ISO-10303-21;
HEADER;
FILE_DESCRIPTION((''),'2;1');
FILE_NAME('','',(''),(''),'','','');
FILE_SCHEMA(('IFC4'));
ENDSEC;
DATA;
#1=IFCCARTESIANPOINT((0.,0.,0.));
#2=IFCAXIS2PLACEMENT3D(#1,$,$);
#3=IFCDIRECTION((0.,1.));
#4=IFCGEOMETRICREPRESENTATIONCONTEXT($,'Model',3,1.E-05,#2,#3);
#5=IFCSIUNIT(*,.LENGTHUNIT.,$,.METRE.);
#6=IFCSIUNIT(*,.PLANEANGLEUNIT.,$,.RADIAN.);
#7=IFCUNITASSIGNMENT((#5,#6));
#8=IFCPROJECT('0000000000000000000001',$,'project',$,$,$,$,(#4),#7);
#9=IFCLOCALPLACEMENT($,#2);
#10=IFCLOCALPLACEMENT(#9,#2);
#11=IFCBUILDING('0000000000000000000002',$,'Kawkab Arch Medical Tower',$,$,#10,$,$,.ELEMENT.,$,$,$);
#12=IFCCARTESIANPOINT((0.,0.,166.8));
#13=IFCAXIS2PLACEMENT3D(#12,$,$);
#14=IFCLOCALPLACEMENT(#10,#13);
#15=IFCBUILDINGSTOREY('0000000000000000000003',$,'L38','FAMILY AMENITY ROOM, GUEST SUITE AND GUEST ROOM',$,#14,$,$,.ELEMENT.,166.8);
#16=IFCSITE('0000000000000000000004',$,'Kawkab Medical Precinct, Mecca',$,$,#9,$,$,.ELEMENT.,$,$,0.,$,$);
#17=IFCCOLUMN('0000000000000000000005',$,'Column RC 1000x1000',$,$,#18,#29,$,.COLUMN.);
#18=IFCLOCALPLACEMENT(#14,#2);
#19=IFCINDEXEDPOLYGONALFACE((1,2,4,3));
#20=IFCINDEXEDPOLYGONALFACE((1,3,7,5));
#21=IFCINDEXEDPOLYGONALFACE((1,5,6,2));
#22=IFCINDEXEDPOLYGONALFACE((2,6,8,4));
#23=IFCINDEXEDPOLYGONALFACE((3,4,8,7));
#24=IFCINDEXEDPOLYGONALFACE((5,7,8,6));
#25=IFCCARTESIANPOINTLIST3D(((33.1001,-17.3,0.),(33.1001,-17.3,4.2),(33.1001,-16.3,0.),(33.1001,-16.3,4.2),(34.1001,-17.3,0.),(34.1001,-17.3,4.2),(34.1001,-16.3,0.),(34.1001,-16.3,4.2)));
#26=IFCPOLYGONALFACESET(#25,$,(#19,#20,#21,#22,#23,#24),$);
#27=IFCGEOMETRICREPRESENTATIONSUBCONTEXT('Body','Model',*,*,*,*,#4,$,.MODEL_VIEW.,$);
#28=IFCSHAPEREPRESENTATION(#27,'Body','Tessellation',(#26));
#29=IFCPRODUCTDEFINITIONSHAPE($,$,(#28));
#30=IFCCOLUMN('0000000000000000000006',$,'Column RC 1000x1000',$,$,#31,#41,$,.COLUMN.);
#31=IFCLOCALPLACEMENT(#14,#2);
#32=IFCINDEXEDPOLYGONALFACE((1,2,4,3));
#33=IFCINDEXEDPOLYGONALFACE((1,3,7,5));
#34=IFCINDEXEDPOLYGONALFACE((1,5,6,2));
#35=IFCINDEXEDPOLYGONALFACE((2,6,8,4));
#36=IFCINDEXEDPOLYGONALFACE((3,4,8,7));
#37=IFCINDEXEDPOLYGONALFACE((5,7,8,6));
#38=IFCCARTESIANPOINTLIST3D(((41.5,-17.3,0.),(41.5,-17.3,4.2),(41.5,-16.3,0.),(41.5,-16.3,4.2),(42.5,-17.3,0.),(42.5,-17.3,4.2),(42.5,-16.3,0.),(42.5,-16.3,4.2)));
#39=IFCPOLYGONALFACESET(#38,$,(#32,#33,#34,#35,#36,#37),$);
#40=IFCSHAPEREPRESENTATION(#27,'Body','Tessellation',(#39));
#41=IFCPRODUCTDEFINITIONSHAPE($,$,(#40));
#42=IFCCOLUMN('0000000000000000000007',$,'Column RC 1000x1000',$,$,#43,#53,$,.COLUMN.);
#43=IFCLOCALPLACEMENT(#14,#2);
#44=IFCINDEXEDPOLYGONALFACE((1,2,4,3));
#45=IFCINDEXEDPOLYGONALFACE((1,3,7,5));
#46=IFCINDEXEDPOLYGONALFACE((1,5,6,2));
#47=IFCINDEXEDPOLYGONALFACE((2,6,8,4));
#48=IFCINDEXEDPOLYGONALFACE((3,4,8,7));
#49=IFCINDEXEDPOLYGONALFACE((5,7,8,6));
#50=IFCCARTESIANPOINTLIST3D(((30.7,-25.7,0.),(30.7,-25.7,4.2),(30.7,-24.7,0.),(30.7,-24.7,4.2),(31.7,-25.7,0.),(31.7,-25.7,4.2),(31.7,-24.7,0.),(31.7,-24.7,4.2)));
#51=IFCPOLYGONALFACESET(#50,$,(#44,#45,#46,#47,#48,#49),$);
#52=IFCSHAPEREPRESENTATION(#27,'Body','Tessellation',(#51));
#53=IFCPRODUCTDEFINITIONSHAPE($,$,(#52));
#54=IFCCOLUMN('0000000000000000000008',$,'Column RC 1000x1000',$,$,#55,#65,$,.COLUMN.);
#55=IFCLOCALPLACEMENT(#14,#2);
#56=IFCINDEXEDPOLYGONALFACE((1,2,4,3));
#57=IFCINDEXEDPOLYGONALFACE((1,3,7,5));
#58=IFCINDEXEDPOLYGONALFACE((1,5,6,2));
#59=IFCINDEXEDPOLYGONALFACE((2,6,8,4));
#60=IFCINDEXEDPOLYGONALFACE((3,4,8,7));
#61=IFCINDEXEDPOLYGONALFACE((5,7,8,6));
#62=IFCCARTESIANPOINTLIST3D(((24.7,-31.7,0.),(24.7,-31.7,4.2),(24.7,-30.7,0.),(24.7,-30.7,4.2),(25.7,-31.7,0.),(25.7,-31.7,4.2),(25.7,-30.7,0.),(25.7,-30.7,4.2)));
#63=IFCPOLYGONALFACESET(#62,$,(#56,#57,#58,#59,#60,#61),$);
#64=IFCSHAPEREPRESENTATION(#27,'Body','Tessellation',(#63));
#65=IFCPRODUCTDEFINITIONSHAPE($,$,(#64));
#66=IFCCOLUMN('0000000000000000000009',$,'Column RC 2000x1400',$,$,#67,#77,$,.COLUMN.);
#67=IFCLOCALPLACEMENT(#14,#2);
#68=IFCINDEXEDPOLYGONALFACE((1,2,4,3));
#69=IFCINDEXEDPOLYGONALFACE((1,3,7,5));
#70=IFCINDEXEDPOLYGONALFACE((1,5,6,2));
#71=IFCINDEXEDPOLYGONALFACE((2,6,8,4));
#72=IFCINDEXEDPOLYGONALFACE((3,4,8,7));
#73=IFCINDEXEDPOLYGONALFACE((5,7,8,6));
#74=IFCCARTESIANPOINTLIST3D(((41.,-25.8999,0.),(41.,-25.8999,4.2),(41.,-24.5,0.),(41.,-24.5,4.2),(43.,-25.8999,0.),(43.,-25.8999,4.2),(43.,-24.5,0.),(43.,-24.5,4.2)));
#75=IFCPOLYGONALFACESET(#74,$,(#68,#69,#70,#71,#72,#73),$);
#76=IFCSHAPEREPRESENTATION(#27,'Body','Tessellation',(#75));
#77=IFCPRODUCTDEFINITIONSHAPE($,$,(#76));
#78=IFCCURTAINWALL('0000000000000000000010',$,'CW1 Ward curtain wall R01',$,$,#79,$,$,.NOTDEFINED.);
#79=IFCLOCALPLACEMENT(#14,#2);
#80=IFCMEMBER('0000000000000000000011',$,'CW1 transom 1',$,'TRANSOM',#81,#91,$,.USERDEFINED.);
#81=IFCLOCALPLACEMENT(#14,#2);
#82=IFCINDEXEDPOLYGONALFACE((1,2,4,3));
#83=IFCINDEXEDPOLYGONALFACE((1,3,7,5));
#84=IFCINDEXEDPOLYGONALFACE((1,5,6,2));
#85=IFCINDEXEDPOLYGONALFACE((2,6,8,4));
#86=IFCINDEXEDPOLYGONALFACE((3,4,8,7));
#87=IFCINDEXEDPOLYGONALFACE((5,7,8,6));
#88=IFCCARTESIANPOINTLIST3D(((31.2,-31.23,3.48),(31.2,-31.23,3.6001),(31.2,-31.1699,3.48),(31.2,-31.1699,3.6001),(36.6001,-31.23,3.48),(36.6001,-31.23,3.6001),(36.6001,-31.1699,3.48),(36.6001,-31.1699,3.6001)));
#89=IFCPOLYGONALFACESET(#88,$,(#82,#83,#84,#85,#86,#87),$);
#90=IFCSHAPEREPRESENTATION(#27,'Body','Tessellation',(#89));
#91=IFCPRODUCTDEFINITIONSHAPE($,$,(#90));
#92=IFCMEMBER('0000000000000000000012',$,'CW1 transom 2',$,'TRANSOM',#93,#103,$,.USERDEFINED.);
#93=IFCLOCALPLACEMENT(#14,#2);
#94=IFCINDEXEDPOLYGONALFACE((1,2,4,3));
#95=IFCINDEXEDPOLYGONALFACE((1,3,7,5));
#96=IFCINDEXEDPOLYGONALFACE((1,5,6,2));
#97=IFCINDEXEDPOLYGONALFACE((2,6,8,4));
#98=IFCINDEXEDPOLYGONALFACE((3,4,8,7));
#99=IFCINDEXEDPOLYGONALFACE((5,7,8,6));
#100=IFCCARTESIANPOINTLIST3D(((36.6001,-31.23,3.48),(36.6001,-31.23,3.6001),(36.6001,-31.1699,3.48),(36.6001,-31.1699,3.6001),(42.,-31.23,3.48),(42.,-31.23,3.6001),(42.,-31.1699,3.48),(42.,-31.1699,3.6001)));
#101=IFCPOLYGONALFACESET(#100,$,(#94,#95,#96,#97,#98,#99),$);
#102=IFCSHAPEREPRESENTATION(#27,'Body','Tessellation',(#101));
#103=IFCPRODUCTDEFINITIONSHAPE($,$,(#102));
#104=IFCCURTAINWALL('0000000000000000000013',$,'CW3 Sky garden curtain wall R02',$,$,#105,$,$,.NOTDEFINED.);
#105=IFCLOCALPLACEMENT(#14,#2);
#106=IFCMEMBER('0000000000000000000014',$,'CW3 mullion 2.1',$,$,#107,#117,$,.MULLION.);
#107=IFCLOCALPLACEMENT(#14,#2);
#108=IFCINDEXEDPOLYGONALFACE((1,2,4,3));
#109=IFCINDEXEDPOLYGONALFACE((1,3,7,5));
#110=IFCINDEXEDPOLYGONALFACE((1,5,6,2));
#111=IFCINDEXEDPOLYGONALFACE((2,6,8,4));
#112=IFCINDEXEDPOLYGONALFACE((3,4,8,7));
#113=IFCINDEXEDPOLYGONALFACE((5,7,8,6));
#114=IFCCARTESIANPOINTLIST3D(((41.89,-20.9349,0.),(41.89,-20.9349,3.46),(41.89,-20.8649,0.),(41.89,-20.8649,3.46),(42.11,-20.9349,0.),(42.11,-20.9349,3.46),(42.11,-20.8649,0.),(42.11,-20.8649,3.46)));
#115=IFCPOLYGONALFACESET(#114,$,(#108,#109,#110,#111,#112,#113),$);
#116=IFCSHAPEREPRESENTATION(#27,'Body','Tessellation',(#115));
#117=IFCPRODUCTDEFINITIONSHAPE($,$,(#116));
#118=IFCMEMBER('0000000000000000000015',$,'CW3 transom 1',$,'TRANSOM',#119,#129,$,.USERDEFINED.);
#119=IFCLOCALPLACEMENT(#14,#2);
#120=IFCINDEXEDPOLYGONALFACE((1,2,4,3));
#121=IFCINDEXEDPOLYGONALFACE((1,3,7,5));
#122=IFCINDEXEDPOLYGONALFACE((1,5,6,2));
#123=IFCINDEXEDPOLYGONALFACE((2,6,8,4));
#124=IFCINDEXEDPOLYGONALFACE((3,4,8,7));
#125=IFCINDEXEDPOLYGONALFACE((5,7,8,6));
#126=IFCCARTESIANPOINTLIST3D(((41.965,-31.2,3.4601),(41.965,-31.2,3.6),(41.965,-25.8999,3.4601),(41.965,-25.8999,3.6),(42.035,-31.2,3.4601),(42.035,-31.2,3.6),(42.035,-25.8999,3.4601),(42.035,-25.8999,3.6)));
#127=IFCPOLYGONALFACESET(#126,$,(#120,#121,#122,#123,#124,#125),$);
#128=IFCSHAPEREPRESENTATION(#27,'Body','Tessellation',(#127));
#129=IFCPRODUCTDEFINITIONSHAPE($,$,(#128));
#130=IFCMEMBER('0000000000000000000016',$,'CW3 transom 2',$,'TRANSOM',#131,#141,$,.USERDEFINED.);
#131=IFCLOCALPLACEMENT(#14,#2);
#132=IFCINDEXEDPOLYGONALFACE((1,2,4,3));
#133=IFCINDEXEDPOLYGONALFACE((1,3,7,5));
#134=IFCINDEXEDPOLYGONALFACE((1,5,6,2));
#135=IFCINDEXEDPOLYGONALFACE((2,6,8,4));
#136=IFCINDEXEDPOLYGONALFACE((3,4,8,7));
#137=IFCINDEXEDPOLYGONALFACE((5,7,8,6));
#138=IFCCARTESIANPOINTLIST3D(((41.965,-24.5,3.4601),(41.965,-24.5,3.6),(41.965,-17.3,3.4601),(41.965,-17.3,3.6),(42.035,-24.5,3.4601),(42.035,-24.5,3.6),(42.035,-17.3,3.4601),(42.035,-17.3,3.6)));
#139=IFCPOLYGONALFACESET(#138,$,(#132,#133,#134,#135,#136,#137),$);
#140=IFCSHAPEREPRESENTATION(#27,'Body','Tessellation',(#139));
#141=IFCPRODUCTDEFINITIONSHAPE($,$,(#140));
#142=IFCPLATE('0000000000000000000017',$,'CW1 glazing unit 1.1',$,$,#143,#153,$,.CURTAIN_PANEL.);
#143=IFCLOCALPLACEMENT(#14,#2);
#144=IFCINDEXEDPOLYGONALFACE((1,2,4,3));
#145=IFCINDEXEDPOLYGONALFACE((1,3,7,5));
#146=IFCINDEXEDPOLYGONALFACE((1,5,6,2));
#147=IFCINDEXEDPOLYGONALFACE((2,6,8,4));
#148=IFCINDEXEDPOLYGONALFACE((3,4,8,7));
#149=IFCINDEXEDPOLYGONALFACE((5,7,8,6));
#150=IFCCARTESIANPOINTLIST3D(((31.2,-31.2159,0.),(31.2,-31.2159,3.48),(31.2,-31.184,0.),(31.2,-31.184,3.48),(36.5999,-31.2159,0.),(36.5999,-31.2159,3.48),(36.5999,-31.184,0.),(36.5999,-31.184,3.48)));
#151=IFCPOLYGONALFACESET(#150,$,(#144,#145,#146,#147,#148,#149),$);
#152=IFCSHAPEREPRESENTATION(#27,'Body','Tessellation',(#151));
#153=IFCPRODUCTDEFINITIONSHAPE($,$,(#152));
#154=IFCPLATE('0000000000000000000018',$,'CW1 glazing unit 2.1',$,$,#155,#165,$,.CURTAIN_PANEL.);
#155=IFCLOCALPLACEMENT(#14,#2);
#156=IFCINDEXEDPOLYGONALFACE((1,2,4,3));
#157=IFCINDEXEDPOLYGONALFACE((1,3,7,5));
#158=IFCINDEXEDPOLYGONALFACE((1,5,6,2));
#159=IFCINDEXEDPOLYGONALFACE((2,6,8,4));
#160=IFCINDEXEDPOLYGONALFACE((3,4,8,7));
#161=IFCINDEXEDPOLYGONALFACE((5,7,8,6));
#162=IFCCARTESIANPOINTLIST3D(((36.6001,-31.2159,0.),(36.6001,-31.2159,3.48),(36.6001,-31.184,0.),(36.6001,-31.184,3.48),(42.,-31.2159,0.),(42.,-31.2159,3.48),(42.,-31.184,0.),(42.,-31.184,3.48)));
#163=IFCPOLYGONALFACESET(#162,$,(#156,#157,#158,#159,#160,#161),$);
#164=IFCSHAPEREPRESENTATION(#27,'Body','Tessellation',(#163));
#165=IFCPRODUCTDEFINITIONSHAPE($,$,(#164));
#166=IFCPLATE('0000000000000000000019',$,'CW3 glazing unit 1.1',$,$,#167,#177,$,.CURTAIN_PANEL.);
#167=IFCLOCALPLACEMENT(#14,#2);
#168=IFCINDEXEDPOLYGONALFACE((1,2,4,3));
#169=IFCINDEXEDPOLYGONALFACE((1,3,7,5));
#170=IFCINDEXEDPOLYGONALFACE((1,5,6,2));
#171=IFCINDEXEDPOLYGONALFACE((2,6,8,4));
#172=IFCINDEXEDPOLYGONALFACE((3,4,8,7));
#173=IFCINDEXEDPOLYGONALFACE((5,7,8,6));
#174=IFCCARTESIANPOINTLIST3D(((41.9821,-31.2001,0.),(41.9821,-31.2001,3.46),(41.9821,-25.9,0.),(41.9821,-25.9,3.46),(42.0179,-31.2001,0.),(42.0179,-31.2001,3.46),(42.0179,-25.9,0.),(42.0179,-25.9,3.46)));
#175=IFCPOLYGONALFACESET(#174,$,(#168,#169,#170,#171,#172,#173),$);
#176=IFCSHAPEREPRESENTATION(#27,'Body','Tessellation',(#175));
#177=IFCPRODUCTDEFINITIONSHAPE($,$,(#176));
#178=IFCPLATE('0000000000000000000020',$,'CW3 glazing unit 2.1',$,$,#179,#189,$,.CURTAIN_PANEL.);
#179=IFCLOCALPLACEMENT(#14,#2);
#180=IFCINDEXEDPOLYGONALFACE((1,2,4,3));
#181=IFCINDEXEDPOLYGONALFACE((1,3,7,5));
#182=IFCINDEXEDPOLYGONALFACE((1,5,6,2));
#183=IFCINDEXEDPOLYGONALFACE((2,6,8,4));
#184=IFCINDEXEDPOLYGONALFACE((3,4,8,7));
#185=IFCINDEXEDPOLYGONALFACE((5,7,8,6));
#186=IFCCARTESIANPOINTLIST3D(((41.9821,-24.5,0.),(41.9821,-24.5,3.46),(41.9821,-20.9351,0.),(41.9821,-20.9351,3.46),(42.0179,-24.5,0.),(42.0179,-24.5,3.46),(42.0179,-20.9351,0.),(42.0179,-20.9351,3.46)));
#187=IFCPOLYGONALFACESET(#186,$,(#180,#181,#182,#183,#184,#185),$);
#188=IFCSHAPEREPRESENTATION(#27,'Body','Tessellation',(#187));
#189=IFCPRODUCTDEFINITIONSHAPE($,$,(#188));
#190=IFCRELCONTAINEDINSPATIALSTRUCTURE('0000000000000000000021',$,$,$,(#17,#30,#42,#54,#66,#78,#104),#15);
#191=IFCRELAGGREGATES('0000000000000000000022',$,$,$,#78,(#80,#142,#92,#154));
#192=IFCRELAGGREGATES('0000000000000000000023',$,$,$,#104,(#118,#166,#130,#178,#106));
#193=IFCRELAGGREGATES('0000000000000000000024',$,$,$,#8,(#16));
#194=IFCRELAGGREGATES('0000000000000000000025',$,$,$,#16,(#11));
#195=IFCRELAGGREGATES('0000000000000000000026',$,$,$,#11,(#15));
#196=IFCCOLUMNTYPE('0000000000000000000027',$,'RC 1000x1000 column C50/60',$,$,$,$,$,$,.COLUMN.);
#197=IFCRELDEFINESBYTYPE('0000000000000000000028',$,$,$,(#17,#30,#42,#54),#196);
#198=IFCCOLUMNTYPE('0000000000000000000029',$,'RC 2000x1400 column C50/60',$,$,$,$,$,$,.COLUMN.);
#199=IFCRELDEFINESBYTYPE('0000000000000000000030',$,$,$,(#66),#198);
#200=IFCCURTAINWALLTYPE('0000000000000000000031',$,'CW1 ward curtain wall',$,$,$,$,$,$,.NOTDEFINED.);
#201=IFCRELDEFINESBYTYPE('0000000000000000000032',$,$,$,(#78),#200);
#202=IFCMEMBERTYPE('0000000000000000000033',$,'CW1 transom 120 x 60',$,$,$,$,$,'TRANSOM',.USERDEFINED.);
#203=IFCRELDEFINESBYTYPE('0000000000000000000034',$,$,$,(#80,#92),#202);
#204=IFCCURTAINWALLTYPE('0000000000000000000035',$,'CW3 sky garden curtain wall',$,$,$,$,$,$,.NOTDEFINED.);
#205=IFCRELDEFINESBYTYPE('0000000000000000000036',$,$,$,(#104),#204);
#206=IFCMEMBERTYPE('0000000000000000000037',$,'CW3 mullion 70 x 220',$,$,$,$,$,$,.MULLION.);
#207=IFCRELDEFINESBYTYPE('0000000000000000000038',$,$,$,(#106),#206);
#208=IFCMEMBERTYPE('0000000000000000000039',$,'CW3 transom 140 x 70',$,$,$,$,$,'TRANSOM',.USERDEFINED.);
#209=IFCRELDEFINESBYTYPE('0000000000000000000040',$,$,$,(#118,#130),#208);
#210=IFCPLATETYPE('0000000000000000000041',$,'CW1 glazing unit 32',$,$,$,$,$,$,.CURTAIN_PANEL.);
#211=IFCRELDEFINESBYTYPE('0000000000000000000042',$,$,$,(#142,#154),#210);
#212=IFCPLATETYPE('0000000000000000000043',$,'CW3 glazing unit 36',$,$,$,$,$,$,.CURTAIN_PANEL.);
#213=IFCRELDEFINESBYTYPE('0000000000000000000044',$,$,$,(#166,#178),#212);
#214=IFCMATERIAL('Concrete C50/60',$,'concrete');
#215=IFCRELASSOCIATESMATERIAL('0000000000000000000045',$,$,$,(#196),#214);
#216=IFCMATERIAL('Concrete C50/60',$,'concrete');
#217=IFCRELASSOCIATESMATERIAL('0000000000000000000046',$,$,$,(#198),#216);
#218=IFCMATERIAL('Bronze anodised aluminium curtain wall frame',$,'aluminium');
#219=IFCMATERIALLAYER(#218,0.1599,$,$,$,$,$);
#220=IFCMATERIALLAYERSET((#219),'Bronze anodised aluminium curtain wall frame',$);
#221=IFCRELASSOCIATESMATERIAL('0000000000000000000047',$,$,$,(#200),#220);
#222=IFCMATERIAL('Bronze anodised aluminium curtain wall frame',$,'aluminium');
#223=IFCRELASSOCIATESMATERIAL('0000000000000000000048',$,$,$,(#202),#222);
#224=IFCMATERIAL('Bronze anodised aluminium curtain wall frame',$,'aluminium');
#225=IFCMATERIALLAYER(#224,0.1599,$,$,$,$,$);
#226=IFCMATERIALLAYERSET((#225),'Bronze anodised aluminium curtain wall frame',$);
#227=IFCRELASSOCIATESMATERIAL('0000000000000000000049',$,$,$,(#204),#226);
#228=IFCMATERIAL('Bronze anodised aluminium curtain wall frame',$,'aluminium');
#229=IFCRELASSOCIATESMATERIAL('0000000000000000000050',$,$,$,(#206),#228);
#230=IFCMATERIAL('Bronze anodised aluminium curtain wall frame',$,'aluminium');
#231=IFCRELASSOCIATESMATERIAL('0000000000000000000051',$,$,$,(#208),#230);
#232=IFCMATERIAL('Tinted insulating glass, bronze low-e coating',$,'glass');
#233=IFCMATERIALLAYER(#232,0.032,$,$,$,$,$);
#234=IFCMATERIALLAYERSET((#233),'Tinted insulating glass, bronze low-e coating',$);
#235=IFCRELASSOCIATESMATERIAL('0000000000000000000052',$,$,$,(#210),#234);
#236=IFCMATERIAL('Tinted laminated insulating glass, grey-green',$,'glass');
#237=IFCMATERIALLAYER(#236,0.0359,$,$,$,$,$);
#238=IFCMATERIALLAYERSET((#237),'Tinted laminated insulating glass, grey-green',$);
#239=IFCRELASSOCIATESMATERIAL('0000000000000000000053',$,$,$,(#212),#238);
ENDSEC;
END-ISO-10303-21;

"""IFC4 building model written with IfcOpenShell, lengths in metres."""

from ifc_helpers import new_model, si_unit, direction, frame, origin, origin_2d, place, context, subcontext, project, spatial, rectangle, extrude, material, layer, layer_set, material_profile, profile_set, type_object, element, aggregate, save


model = new_model("IFC4")

# Units and contexts
model_context = context("Model", 3, precision=1e-05, world=origin(), true_north=direction((0.0, 1.0)))
body_context = subcontext(model_context, "Body", "Model", "MODEL_VIEW")
ifc_project = project(units=[si_unit("LENGTHUNIT", "METRE"), si_unit("PLANEANGLEUNIT", "RADIAN")], contexts=[model_context])

# Site, building, storey
site_placement = place(None, origin())
site = spatial("IfcSite", under=ifc_project, at=site_placement, Name="Kawkab Medical Precinct, Mecca", CompositionType="ELEMENT", RefElevation=0.0)
building_placement = place(site_placement, origin())
building = spatial("IfcBuilding", under=site, at=building_placement, Name="Kawkab Arch Medical Tower", CompositionType="ELEMENT")
storey_placement = place(building_placement, frame((0.0, 0.0, 166.8)))
storey = spatial("IfcBuildingStorey", under=building, at=storey_placement, Name="L38", Description="FAMILY AMENITY ROOM, GUEST SUITE AND GUEST ROOM", CompositionType="ELEMENT", Elevation=166.8)

# Columns
ifc_material_1 = material(Name="Concrete C50/60", Category="concrete")
ifc_material_profile_1 = material_profile(ifc_material_1, rectangle(XDim=1.0, YDim=1.0, at=origin_2d()), Name="RC 1000x1000")
ifc_profile_set_1 = profile_set([ifc_material_profile_1], Name="Concrete C50/60")
column_type_1 = type_object("IfcColumnType", Name="RC 1000x1000 column C50/60", PredefinedType="COLUMN", material=ifc_profile_set_1)
for number, where, z_axis, x_axis, name in (
    (1, (33.6001, -16.8, 0.0), (0.0, 0.0, 1.0), (1.0, 0.0, 0.0), "Column RC 1000x1000"),
    (2, (42.0, -16.8, 0.0), (0.0, 0.0, 1.0), (1.0, 0.0, 0.0), "Column RC 1000x1000"),
    (3, (31.2, -25.2, 0.0), (0.0, 0.0, 1.0), (1.0, 0.0, 0.0), "Column RC 1000x1000"),
    (4, (25.2, -31.2, 0.0), (0.0, 0.0, 1.0), (1.0, 0.0, 0.0), "Column RC 1000x1000"),
):
    element("IfcColumn", number, at=place(storey_placement, frame(where, z_axis=z_axis, x_axis=x_axis)), inside=storey, type_object=column_type_1, Name=name, PredefinedType="COLUMN", context=body_context, shape_type="SweptSolid", body=[
        extrude(rectangle(XDim=1.0, YDim=1.0, at=origin_2d()), origin(), (0.0, 0.0, 1.0), 4.2),
    ])
ifc_material_2 = material(Name="Concrete C50/60", Category="concrete")
ifc_material_profile_2 = material_profile(ifc_material_2, rectangle(XDim=2.0, YDim=1.3999, at=origin_2d()), Name="RC 2000x1400")
ifc_profile_set_2 = profile_set([ifc_material_profile_2], Name="Concrete C50/60")
column_type_2 = type_object("IfcColumnType", Name="RC 2000x1400 column C50/60", PredefinedType="COLUMN", material=ifc_profile_set_2)
column_placement = place(storey_placement, frame((42.0, -25.2, 0.0), z_axis=(0.0, 0.0, 1.0), x_axis=(-1.0, 0.0, 0.0)))
element("IfcColumn", 5, at=column_placement, inside=storey, type_object=column_type_2, Name="Column RC 2000x1400", PredefinedType="COLUMN", context=body_context, shape_type="SweptSolid", body=[
    extrude(rectangle(XDim=2.0, YDim=1.3999, at=origin_2d()), origin(), (0.0, 0.0, 1.0), 4.2),
])

# Curtain walls, members
ifc_material_3 = material(Name="Bronze anodised aluminium curtain wall frame", Category="aluminium")
ifc_layer_1 = layer(ifc_material_3, 0.1599)
ifc_layer_set_1 = layer_set([ifc_layer_1], Name="Bronze anodised aluminium curtain wall frame")
curtain_wall_type_1 = type_object("IfcCurtainWallType", Name="CW1 ward curtain wall", PredefinedType="NOTDEFINED", material=ifc_layer_set_1)
placement = place(storey_placement, origin())
curtain_wall_1 = element("IfcCurtainWall", 6, at=placement, inside=storey, type_object=curtain_wall_type_1, Name="CW1 Ward curtain wall R01", PredefinedType="NOTDEFINED")
ifc_material_4 = material(Name="Bronze anodised aluminium curtain wall frame", Category="aluminium")
ifc_material_profile_3 = material_profile(ifc_material_4, rectangle(XDim=0.0601, YDim=0.1201, at=origin_2d()), Name="AL 60x120")
ifc_profile_set_3 = profile_set([ifc_material_profile_3], Name="Bronze anodised aluminium curtain wall frame")
member_type_1 = type_object("IfcMemberType", Name="CW1 transom 120 x 60", ElementType="TRANSOM", PredefinedType="USERDEFINED", material=ifc_profile_set_3)
member_1_placement = place(storey_placement, frame((31.2, -31.2, 3.54), z_axis=(1.0, 0.0, 0.0), x_axis=(0.0, 1.0, 0.0)))
member_1 = element("IfcMember", 7, at=member_1_placement, type_object=member_type_1, Name="CW1 transom 1", ObjectType="TRANSOM", PredefinedType="USERDEFINED", context=body_context, shape_type="SweptSolid", body=[
    extrude(rectangle(XDim=0.0601, YDim=0.1201, at=origin_2d()), origin(), (0.0, 0.0, 1.0), 5.4001),
])
member_2_placement = place(storey_placement, frame((36.6001, -31.2, 3.54), z_axis=(1.0, 0.0, 0.0), x_axis=(0.0, 1.0, 0.0)))
member_2 = element("IfcMember", 8, at=member_2_placement, type_object=member_type_1, Name="CW1 transom 2", ObjectType="TRANSOM", PredefinedType="USERDEFINED", context=body_context, shape_type="SweptSolid", body=[
    extrude(rectangle(XDim=0.0601, YDim=0.1201, at=origin_2d()), origin(), (0.0, 0.0, 1.0), 5.3999),
])
ifc_material_5 = material(Name="Bronze anodised aluminium curtain wall frame", Category="aluminium")
ifc_layer_2 = layer(ifc_material_5, 0.1599)
ifc_layer_set_2 = layer_set([ifc_layer_2], Name="Bronze anodised aluminium curtain wall frame")
curtain_wall_type_2 = type_object("IfcCurtainWallType", Name="CW3 sky garden curtain wall", PredefinedType="NOTDEFINED", material=ifc_layer_set_2)
curtain_wall_2 = element("IfcCurtainWall", 9, at=placement, inside=storey, type_object=curtain_wall_type_2, Name="CW3 Sky garden curtain wall R02", PredefinedType="NOTDEFINED")
ifc_material_6 = material(Name="Bronze anodised aluminium curtain wall frame", Category="aluminium")
ifc_material_profile_4 = material_profile(ifc_material_6, rectangle(XDim=0.22, YDim=0.0701, at=origin_2d()), Name="AL 70x220")
ifc_profile_set_4 = profile_set([ifc_material_profile_4], Name="Bronze anodised aluminium curtain wall frame")
member_type_2 = type_object("IfcMemberType", Name="CW3 mullion 70 x 220", PredefinedType="MULLION", material=ifc_profile_set_4)
member_3_placement = place(storey_placement, frame((42.0, -20.8999, 0.0), z_axis=(0.0, 0.0, 1.0), x_axis=(-1.0, 0.0, 0.0)))
member_3 = element("IfcMember", 10, at=member_3_placement, type_object=member_type_2, Name="CW3 mullion 2.1", PredefinedType="MULLION", context=body_context, shape_type="SweptSolid", body=[
    extrude(rectangle(XDim=0.22, YDim=0.0701, at=origin_2d()), origin(), (0.0, 0.0, 1.0), 3.46),
])
ifc_material_7 = material(Name="Bronze anodised aluminium curtain wall frame", Category="aluminium")
ifc_material_profile_5 = material_profile(ifc_material_7, rectangle(XDim=0.0701, YDim=0.1399, at=origin_2d()), Name="AL 70x140")
ifc_profile_set_5 = profile_set([ifc_material_profile_5], Name="Bronze anodised aluminium curtain wall frame")
member_type_3 = type_object("IfcMemberType", Name="CW3 transom 140 x 70", ElementType="TRANSOM", PredefinedType="USERDEFINED", material=ifc_profile_set_5)
member_4_placement = place(storey_placement, frame((42.0, -31.2, 3.53), z_axis=(0.0, 1.0, 0.0), x_axis=(-1.0, 0.0, 0.0)))
member_4 = element("IfcMember", 11, at=member_4_placement, type_object=member_type_3, Name="CW3 transom 1", ObjectType="TRANSOM", PredefinedType="USERDEFINED", context=body_context, shape_type="SweptSolid", body=[
    extrude(rectangle(XDim=0.0701, YDim=0.1399, at=origin_2d()), origin(), (0.0, 0.0, 1.0), 5.3),
])
member_5_placement = place(storey_placement, frame((42.0, -24.5, 3.53), z_axis=(0.0, 1.0, 0.0), x_axis=(-1.0, 0.0, 0.0)))
member_5 = element("IfcMember", 12, at=member_5_placement, type_object=member_type_3, Name="CW3 transom 2", ObjectType="TRANSOM", PredefinedType="USERDEFINED", context=body_context, shape_type="SweptSolid", body=[
    extrude(rectangle(XDim=0.0701, YDim=0.1399, at=origin_2d()), origin(), (0.0, 0.0, 1.0), 7.2),
])

# Plates
ifc_material_8 = material(Name="Tinted insulating glass, bronze low-e coating", Category="glass")
ifc_layer_3 = layer(ifc_material_8, 0.032)
ifc_layer_set_3 = layer_set([ifc_layer_3], Name="Tinted insulating glass, bronze low-e coating")
plate_type_1 = type_object("IfcPlateType", Name="CW1 glazing unit 32", PredefinedType="CURTAIN_PANEL", material=ifc_layer_set_3)
plate_1_placement = place(storey_placement, frame((33.8999, -31.2, 0.0), z_axis=(0.0, 0.0, 1.0), x_axis=(1.0, 0.0, 0.0)))
plate_1 = element("IfcPlate", 13, at=plate_1_placement, type_object=plate_type_1, Name="CW1 glazing unit 1.1", PredefinedType="CURTAIN_PANEL", context=body_context, shape_type="SweptSolid", body=[
    extrude(rectangle(XDim=5.3999, YDim=0.032, at=origin_2d()), origin(), (0.0, 0.0, 1.0), 3.48),
])
plate_2_placement = place(storey_placement, frame((39.3, -31.2, 0.0), z_axis=(0.0, 0.0, 1.0), x_axis=(1.0, 0.0, 0.0)))
plate_2 = element("IfcPlate", 14, at=plate_2_placement, type_object=plate_type_1, Name="CW1 glazing unit 2.1", PredefinedType="CURTAIN_PANEL", context=body_context, shape_type="SweptSolid", body=[
    extrude(rectangle(XDim=5.3999, YDim=0.032, at=origin_2d()), origin(), (0.0, 0.0, 1.0), 3.48),
])
aggregate(curtain_wall_1, [member_1, plate_1, member_2, plate_2])
ifc_material_9 = material(Name="Tinted laminated insulating glass, grey-green", Category="glass")
ifc_layer_4 = layer(ifc_material_9, 0.0359)
ifc_layer_set_4 = layer_set([ifc_layer_4], Name="Tinted laminated insulating glass, grey-green")
plate_type_2 = type_object("IfcPlateType", Name="CW3 glazing unit 36", PredefinedType="CURTAIN_PANEL", material=ifc_layer_set_4)
plate_3_placement = place(storey_placement, frame((42.0, -28.55, 0.0), z_axis=(0.0, 0.0, 1.0), x_axis=(0.0, 1.0, 0.0)))
plate_3 = element("IfcPlate", 15, at=plate_3_placement, type_object=plate_type_2, Name="CW3 glazing unit 1.1", PredefinedType="CURTAIN_PANEL", context=body_context, shape_type="SweptSolid", body=[
    extrude(rectangle(XDim=5.3, YDim=0.0359, at=origin_2d()), origin(), (0.0, 0.0, 1.0), 3.46),
])
plate_4_placement = place(storey_placement, frame((42.0, -22.7175, 0.0), z_axis=(0.0, 0.0, 1.0), x_axis=(0.0, 1.0, 0.0)))
plate_4 = element("IfcPlate", 16, at=plate_4_placement, type_object=plate_type_2, Name="CW3 glazing unit 2.1", PredefinedType="CURTAIN_PANEL", context=body_context, shape_type="SweptSolid", body=[
    extrude(rectangle(XDim=3.5649, YDim=0.0359, at=origin_2d()), origin(), (0.0, 0.0, 1.0), 3.46),
])
aggregate(curtain_wall_2, [member_4, plate_3, member_5, plate_4, member_3])

save(model, "model.ifc")
